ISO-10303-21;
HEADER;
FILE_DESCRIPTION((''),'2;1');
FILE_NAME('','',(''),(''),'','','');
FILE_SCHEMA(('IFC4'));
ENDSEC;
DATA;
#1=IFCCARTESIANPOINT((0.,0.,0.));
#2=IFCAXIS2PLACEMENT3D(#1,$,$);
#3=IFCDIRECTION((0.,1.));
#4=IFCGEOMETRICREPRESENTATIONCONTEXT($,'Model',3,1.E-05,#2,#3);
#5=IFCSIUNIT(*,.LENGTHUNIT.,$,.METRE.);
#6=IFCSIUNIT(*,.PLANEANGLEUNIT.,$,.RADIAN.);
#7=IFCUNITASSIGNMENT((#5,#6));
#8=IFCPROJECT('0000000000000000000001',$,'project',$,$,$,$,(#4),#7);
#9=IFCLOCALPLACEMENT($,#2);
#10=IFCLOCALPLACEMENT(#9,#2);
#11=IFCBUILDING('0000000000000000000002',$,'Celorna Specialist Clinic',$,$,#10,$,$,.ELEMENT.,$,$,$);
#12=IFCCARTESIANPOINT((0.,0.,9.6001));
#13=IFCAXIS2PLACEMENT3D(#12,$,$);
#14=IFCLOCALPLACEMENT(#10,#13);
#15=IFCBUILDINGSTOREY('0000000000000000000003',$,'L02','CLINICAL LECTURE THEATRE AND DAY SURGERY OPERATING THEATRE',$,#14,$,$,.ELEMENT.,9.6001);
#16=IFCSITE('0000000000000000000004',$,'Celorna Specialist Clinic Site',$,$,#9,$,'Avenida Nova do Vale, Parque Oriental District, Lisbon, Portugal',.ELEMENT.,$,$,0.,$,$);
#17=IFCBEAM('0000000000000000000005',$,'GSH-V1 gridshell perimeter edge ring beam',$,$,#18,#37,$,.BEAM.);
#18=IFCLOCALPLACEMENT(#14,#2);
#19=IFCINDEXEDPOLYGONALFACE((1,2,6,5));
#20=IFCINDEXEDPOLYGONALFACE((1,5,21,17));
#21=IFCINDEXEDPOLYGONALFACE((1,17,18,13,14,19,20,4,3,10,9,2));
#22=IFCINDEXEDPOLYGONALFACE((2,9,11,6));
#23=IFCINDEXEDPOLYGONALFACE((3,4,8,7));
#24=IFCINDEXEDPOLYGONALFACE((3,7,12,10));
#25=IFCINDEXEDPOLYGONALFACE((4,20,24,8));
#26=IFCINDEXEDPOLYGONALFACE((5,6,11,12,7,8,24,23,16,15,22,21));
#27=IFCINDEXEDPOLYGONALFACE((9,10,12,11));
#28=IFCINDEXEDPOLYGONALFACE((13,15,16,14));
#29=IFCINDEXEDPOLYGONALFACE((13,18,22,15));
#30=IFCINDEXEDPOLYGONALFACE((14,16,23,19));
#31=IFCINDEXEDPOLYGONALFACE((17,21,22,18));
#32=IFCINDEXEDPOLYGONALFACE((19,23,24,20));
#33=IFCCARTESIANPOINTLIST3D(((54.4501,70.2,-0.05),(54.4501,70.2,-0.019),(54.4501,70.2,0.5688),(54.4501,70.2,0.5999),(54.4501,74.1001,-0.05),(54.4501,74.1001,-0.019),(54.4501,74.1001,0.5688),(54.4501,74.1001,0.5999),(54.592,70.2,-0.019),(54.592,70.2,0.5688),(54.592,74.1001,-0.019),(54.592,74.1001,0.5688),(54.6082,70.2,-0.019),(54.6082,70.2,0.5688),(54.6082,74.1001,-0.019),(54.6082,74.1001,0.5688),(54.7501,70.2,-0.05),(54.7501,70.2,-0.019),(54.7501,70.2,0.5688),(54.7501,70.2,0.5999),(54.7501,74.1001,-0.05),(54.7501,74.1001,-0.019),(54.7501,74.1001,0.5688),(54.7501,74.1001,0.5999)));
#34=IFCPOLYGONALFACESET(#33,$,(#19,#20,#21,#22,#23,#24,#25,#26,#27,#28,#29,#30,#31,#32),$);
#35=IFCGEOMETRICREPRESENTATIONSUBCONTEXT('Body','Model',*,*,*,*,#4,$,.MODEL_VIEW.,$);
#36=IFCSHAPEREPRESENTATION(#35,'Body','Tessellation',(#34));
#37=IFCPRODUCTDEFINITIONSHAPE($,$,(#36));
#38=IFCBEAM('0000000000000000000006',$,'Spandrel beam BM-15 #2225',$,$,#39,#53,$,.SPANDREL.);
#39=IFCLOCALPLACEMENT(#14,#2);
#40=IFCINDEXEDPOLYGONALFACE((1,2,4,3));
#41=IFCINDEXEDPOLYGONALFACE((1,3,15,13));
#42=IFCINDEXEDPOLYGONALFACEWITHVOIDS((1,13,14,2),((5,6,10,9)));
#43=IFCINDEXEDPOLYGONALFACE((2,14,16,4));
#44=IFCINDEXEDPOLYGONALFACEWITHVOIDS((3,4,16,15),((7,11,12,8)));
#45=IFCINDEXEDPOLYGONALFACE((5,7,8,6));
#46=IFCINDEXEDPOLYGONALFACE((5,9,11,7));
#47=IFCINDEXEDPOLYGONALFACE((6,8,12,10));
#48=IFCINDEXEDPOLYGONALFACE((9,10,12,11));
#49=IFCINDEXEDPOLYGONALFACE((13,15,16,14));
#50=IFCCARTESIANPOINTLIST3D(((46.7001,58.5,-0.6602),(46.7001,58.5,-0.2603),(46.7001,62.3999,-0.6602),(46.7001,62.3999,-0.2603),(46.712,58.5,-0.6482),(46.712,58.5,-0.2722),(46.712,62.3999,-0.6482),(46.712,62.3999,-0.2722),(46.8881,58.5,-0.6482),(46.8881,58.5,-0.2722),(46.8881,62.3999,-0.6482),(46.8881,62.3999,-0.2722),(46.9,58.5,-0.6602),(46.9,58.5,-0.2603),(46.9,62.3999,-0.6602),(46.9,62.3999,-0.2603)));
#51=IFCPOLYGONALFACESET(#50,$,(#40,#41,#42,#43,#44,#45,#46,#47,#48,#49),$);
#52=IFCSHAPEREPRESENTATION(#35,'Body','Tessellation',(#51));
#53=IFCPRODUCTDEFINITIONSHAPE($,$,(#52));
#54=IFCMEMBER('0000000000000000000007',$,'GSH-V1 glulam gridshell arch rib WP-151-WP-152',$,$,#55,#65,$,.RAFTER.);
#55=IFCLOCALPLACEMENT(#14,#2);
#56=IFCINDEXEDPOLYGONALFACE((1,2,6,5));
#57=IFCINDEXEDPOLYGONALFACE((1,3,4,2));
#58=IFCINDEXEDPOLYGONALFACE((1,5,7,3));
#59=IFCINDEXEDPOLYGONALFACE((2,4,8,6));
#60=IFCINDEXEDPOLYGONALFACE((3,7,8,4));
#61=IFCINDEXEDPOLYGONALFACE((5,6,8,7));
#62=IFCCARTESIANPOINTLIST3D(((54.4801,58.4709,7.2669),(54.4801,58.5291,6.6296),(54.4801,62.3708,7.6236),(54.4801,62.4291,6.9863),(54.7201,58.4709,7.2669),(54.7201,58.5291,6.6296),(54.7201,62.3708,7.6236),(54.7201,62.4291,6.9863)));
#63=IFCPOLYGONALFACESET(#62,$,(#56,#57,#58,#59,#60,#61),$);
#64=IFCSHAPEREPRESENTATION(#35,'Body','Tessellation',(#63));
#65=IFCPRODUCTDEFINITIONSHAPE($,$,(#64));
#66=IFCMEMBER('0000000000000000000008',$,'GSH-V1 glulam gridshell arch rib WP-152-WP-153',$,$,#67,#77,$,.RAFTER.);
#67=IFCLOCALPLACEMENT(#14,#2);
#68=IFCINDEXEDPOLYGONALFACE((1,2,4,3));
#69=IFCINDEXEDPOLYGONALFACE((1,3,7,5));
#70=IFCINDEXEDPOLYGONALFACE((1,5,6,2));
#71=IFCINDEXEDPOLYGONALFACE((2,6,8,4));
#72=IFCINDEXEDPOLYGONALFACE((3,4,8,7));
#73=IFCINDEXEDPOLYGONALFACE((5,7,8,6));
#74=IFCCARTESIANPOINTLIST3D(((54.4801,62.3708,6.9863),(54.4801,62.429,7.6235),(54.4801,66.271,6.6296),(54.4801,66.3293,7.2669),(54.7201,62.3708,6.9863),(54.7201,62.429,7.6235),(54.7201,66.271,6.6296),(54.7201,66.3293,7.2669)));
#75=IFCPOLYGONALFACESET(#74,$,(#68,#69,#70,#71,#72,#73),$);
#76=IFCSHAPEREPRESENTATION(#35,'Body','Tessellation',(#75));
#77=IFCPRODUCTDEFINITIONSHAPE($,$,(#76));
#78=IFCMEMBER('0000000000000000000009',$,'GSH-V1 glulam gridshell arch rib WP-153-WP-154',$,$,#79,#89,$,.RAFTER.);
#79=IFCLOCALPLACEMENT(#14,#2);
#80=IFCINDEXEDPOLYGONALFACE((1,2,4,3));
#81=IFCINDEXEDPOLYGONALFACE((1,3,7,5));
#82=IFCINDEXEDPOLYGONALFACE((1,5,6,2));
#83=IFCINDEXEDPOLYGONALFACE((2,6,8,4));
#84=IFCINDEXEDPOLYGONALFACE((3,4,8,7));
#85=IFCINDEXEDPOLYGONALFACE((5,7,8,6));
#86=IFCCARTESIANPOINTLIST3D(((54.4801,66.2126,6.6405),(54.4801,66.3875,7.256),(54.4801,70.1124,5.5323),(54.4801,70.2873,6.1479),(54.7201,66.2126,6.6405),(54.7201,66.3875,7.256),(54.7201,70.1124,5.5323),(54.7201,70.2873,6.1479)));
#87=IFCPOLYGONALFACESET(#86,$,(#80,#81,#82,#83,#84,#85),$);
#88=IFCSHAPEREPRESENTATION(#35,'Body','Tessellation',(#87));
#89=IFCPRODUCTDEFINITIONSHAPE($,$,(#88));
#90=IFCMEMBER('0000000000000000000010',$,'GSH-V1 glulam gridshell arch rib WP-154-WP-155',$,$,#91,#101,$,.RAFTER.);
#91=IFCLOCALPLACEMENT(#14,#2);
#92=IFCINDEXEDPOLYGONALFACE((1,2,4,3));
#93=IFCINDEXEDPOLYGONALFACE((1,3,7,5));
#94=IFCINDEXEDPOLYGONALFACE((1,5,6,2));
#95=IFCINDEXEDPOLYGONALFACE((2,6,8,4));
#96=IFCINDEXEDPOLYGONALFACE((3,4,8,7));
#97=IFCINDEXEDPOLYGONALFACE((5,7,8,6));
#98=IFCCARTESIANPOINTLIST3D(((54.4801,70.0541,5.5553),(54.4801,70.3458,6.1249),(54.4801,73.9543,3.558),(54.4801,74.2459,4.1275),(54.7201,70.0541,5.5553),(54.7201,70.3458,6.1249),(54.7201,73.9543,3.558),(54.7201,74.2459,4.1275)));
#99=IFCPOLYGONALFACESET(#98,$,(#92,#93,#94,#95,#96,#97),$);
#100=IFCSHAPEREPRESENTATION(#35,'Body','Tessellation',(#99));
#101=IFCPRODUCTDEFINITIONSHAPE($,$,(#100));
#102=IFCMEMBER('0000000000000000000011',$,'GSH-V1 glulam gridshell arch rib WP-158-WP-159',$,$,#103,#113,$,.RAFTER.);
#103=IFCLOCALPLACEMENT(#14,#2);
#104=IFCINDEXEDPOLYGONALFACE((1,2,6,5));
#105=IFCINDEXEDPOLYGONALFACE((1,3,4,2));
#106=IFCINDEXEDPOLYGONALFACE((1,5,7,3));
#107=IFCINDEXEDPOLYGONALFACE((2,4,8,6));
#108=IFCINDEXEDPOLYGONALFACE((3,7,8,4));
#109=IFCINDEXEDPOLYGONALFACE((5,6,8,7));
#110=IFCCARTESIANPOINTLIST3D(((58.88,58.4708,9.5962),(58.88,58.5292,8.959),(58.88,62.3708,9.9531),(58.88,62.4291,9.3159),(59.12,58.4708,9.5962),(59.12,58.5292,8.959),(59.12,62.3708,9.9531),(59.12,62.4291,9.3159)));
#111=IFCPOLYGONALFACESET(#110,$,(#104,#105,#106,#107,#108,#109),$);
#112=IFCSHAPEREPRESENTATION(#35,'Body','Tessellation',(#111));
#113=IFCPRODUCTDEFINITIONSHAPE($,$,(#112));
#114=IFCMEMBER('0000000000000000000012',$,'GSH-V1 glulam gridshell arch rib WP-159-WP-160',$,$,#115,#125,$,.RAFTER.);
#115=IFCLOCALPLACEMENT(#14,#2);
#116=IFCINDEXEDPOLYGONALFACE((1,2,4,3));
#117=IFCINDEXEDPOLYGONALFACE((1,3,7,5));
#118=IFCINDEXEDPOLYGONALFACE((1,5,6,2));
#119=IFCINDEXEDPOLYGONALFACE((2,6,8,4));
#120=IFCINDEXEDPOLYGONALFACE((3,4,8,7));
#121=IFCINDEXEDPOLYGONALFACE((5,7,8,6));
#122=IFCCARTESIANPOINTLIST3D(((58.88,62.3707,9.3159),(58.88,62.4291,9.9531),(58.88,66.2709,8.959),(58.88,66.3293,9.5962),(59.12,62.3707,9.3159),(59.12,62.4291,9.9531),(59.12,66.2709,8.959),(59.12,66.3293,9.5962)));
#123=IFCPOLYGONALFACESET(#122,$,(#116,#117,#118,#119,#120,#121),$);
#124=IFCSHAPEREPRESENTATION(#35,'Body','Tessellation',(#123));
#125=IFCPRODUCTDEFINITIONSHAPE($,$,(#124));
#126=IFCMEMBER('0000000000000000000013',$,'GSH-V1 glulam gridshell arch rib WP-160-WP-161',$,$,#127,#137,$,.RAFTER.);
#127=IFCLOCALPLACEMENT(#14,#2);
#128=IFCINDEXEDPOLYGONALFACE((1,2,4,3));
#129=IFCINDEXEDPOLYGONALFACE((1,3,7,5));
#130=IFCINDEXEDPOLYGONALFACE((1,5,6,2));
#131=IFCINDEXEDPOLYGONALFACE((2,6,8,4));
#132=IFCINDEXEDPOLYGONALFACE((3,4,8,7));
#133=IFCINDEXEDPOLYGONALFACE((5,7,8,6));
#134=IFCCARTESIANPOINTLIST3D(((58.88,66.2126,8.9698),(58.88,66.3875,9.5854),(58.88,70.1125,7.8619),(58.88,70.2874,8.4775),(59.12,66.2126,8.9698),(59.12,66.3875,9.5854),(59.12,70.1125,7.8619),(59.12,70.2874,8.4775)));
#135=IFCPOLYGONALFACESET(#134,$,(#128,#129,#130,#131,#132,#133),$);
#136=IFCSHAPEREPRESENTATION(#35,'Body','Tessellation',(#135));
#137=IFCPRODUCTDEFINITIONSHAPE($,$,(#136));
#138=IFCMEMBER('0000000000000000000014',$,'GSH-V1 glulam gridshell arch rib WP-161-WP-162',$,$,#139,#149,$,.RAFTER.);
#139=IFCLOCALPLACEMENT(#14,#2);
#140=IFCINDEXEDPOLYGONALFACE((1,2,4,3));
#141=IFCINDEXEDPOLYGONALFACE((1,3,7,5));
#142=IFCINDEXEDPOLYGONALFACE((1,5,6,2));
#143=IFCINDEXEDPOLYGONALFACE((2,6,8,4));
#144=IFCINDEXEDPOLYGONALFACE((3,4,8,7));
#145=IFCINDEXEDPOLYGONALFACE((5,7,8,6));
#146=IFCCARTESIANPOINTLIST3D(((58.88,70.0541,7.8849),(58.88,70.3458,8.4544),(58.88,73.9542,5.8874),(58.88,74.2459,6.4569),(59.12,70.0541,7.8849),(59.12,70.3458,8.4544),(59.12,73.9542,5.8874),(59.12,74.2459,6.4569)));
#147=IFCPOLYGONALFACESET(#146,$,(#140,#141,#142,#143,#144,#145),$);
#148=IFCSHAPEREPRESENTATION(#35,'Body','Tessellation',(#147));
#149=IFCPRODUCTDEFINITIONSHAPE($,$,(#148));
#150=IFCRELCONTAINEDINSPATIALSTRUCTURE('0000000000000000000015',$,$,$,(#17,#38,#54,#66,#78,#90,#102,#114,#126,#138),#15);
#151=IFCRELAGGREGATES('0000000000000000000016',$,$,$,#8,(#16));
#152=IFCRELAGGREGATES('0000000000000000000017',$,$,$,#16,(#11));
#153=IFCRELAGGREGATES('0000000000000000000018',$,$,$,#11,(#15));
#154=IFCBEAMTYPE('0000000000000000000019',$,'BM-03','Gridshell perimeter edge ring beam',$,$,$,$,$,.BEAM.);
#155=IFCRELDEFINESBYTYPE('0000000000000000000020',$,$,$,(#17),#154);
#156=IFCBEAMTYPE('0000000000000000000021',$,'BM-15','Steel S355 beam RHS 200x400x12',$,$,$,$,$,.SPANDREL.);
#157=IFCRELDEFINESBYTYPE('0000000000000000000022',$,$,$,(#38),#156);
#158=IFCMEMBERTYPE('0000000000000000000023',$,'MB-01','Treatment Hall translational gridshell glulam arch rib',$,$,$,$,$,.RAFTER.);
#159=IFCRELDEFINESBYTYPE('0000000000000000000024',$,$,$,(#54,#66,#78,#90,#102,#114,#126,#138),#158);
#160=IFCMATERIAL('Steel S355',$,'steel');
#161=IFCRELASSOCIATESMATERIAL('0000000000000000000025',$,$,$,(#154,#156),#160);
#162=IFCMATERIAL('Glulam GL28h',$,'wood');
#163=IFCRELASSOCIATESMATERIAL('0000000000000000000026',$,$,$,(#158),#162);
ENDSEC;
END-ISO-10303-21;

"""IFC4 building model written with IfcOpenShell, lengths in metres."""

from ifc_helpers import new_model, si_unit, direction, frame, origin, origin_2d, place, context, subcontext, project, spatial, rectangle, hollow_rectangle, i_section, extrude, material, material_profile, profile_set, type_object, element, save


model = new_model("IFC4")

# Units and contexts
model_context = context("Model", 3, precision=1e-05, world=origin(), true_north=direction((0.0, 1.0)))
body_context = subcontext(model_context, "Body", "Model", "MODEL_VIEW")
ifc_project = project(units=[si_unit("LENGTHUNIT", "METRE"), si_unit("PLANEANGLEUNIT", "RADIAN")], contexts=[model_context])

# Site, building, storey
site_placement = place(None, origin())
site = spatial("IfcSite", under=ifc_project, at=site_placement, Name="Celorna Specialist Clinic Site", LongName="Avenida Nova do Vale, Parque Oriental District, Lisbon, Portugal", CompositionType="ELEMENT", RefElevation=0.0)
building_placement = place(site_placement, origin())
building = spatial("IfcBuilding", under=site, at=building_placement, Name="Celorna Specialist Clinic", CompositionType="ELEMENT")
storey_placement = place(building_placement, frame((0.0, 0.0, 9.6001)))
storey = spatial("IfcBuildingStorey", under=building, at=storey_placement, Name="L02", Description="CLINICAL LECTURE THEATRE AND DAY SURGERY OPERATING THEATRE", CompositionType="ELEMENT", Elevation=9.6001)

# Shared definitions
ifc_material_1 = material(Name="Steel S355", Category="steel")

# Beams
ifc_material_profile_1 = material_profile(ifc_material_1, i_section(OverallWidth=0.3, OverallDepth=0.6499, WebThickness=0.0161, FlangeThickness=0.031, at=origin_2d()), Name="HE 650 B")
ifc_profile_set_1 = profile_set([ifc_material_profile_1], Name="Steel S355")
beam_type_1 = type_object("IfcBeamType", Name="BM-03", Description="Gridshell perimeter edge ring beam", PredefinedType="BEAM", material=ifc_profile_set_1)
beam_1_placement = place(storey_placement, frame((54.6001, 70.2, 0.2749), z_axis=(0.0, 1.0, 0.0), x_axis=(-1.0, 0.0, 0.0)))
element("IfcBeam", 1, at=beam_1_placement, inside=storey, type_object=beam_type_1, Name="GSH-V1 gridshell perimeter edge ring beam", PredefinedType="BEAM", context=body_context, shape_type="SweptSolid", body=[
    extrude(i_section(OverallWidth=0.3, OverallDepth=0.6499, WebThickness=0.0161, FlangeThickness=0.031, at=origin_2d()), origin(), (0.0, 0.0, 1.0), 3.9001),
])
ifc_material_profile_2 = material_profile(ifc_material_1, hollow_rectangle(XDim=0.2, YDim=0.3999, WallThickness=0.012, at=origin_2d()), Name="RHS 200x400x12")
ifc_profile_set_2 = profile_set([ifc_material_profile_2], Name="Steel S355")
beam_type_2 = type_object("IfcBeamType", Name="BM-15", Description="Steel S355 beam RHS 200x400x12", PredefinedType="SPANDREL", material=ifc_profile_set_2)
beam_2_placement = place(storey_placement, frame((46.8, 58.5, -0.4602), z_axis=(0.0, 1.0, 0.0), x_axis=(-1.0, 0.0, 0.0)))
element("IfcBeam", 2, at=beam_2_placement, inside=storey, type_object=beam_type_2, Name="Spandrel beam BM-15 #2225", PredefinedType="SPANDREL", context=body_context, shape_type="SweptSolid", body=[
    extrude(hollow_rectangle(XDim=0.2, YDim=0.3999, WallThickness=0.012, at=origin_2d()), origin(), (0.0, 0.0, 1.0), 3.8999),
])

# Members
ifc_material_2 = material(Name="Glulam GL28h", Category="wood")
ifc_material_profile_3 = material_profile(ifc_material_2, rectangle(XDim=0.24, YDim=0.6399, at=origin_2d()), Name="GL28h 240x640")
ifc_profile_set_3 = profile_set([ifc_material_profile_3], Name="Glulam GL28h")
member_type_1 = type_object("IfcMemberType", Name="MB-01", Description="Treatment Hall translational gridshell glulam arch rib", PredefinedType="RAFTER", material=ifc_profile_set_3)
member_1_placement = place(storey_placement, frame((54.6001, 58.5, 6.9482), z_axis=(0.0, 0.995843, 0.091081), x_axis=(-1.0, 0.0, 0.0)))
element("IfcMember", 3, at=member_1_placement, inside=storey, type_object=member_type_1, Name="GSH-V1 glulam gridshell arch rib WP-151-WP-152", PredefinedType="RAFTER", context=body_context, shape_type="SweptSolid", body=[
    extrude(rectangle(XDim=0.24, YDim=0.6399, at=origin_2d()), origin(), (0.0, 0.0, 1.0), 3.9163),
])
member_2_placement = place(storey_placement, frame((54.6001, 62.3999, 7.3049), z_axis=(0.0, 0.995844, -0.091075), x_axis=(-1.0, 0.0, 0.0)))
element("IfcMember", 4, at=member_2_placement, inside=storey, type_object=member_type_1, Name="GSH-V1 glulam gridshell arch rib WP-152-WP-153", PredefinedType="RAFTER", context=body_context, shape_type="SweptSolid", body=[
    extrude(rectangle(XDim=0.24, YDim=0.6399, at=origin_2d()), origin(), (0.0, 0.0, 1.0), 3.9165),
])
member_3_placement = place(storey_placement, frame((54.6001, 66.3, 6.9482), z_axis=(0.0, 0.961921, -0.273329), x_axis=(-1.0, 0.0, 0.0)))
element("IfcMember", 5, at=member_3_placement, inside=storey, type_object=member_type_1, Name="GSH-V1 glulam gridshell arch rib WP-153-WP-154", PredefinedType="RAFTER", context=body_context, shape_type="SweptSolid", body=[
    extrude(rectangle(XDim=0.24, YDim=0.6399, at=origin_2d()), origin(), (0.0, 0.0, 1.0), 4.0542),
])
member_4_placement = place(storey_placement, frame((54.6001, 70.2, 5.8401), z_axis=(0.0, 0.890073, -0.455818), x_axis=(-1.0, 0.0, 0.0)))
element("IfcMember", 6, at=member_4_placement, inside=storey, type_object=member_type_1, Name="GSH-V1 glulam gridshell arch rib WP-154-WP-155", PredefinedType="RAFTER", context=body_context, shape_type="SweptSolid", body=[
    extrude(rectangle(XDim=0.24, YDim=0.6399, at=origin_2d()), origin(), (0.0, 0.0, 1.0), 4.3818),
])
member_5_placement = place(storey_placement, frame((59.0, 58.5, 9.2776), z_axis=(0.0, 0.995838, 0.091143), x_axis=(-1.0, 0.0, 0.0)))
element("IfcMember", 7, at=member_5_placement, inside=storey, type_object=member_type_1, Name="GSH-V1 glulam gridshell arch rib WP-158-WP-159", PredefinedType="RAFTER", context=body_context, shape_type="SweptSolid", body=[
    extrude(rectangle(XDim=0.24, YDim=0.6399, at=origin_2d()), origin(), (0.0, 0.0, 1.0), 3.9163),
])
member_6_placement = place(storey_placement, frame((59.0, 62.3999, 9.6345), z_axis=(0.0, 0.995838, -0.091137), x_axis=(-1.0, 0.0, 0.0)))
element("IfcMember", 8, at=member_6_placement, inside=storey, type_object=member_type_1, Name="GSH-V1 glulam gridshell arch rib WP-159-WP-160", PredefinedType="RAFTER", context=body_context, shape_type="SweptSolid", body=[
    extrude(rectangle(XDim=0.24, YDim=0.6399, at=origin_2d()), origin(), (0.0, 0.0, 1.0), 3.9165),
])
member_7_placement = place(storey_placement, frame((59.0, 66.3, 9.2776), z_axis=(0.0, 0.961936, -0.273273), x_axis=(-1.0, 0.0, 0.0)))
element("IfcMember", 9, at=member_7_placement, inside=storey, type_object=member_type_1, Name="GSH-V1 glulam gridshell arch rib WP-160-WP-161", PredefinedType="RAFTER", context=body_context, shape_type="SweptSolid", body=[
    extrude(rectangle(XDim=0.24, YDim=0.6399, at=origin_2d()), origin(), (0.0, 0.0, 1.0), 4.0542),
])
member_8_placement = place(storey_placement, frame((59.0, 70.2, 8.1697), z_axis=(0.0, 0.890051, -0.455862), x_axis=(-1.0, 0.0, 0.0)))
element("IfcMember", 10, at=member_8_placement, inside=storey, type_object=member_type_1, Name="GSH-V1 glulam gridshell arch rib WP-161-WP-162", PredefinedType="RAFTER", context=body_context, shape_type="SweptSolid", body=[
    extrude(rectangle(XDim=0.24, YDim=0.6399, at=origin_2d()), origin(), (0.0, 0.0, 1.0), 4.3818),
])

save(model, "model.ifc")
